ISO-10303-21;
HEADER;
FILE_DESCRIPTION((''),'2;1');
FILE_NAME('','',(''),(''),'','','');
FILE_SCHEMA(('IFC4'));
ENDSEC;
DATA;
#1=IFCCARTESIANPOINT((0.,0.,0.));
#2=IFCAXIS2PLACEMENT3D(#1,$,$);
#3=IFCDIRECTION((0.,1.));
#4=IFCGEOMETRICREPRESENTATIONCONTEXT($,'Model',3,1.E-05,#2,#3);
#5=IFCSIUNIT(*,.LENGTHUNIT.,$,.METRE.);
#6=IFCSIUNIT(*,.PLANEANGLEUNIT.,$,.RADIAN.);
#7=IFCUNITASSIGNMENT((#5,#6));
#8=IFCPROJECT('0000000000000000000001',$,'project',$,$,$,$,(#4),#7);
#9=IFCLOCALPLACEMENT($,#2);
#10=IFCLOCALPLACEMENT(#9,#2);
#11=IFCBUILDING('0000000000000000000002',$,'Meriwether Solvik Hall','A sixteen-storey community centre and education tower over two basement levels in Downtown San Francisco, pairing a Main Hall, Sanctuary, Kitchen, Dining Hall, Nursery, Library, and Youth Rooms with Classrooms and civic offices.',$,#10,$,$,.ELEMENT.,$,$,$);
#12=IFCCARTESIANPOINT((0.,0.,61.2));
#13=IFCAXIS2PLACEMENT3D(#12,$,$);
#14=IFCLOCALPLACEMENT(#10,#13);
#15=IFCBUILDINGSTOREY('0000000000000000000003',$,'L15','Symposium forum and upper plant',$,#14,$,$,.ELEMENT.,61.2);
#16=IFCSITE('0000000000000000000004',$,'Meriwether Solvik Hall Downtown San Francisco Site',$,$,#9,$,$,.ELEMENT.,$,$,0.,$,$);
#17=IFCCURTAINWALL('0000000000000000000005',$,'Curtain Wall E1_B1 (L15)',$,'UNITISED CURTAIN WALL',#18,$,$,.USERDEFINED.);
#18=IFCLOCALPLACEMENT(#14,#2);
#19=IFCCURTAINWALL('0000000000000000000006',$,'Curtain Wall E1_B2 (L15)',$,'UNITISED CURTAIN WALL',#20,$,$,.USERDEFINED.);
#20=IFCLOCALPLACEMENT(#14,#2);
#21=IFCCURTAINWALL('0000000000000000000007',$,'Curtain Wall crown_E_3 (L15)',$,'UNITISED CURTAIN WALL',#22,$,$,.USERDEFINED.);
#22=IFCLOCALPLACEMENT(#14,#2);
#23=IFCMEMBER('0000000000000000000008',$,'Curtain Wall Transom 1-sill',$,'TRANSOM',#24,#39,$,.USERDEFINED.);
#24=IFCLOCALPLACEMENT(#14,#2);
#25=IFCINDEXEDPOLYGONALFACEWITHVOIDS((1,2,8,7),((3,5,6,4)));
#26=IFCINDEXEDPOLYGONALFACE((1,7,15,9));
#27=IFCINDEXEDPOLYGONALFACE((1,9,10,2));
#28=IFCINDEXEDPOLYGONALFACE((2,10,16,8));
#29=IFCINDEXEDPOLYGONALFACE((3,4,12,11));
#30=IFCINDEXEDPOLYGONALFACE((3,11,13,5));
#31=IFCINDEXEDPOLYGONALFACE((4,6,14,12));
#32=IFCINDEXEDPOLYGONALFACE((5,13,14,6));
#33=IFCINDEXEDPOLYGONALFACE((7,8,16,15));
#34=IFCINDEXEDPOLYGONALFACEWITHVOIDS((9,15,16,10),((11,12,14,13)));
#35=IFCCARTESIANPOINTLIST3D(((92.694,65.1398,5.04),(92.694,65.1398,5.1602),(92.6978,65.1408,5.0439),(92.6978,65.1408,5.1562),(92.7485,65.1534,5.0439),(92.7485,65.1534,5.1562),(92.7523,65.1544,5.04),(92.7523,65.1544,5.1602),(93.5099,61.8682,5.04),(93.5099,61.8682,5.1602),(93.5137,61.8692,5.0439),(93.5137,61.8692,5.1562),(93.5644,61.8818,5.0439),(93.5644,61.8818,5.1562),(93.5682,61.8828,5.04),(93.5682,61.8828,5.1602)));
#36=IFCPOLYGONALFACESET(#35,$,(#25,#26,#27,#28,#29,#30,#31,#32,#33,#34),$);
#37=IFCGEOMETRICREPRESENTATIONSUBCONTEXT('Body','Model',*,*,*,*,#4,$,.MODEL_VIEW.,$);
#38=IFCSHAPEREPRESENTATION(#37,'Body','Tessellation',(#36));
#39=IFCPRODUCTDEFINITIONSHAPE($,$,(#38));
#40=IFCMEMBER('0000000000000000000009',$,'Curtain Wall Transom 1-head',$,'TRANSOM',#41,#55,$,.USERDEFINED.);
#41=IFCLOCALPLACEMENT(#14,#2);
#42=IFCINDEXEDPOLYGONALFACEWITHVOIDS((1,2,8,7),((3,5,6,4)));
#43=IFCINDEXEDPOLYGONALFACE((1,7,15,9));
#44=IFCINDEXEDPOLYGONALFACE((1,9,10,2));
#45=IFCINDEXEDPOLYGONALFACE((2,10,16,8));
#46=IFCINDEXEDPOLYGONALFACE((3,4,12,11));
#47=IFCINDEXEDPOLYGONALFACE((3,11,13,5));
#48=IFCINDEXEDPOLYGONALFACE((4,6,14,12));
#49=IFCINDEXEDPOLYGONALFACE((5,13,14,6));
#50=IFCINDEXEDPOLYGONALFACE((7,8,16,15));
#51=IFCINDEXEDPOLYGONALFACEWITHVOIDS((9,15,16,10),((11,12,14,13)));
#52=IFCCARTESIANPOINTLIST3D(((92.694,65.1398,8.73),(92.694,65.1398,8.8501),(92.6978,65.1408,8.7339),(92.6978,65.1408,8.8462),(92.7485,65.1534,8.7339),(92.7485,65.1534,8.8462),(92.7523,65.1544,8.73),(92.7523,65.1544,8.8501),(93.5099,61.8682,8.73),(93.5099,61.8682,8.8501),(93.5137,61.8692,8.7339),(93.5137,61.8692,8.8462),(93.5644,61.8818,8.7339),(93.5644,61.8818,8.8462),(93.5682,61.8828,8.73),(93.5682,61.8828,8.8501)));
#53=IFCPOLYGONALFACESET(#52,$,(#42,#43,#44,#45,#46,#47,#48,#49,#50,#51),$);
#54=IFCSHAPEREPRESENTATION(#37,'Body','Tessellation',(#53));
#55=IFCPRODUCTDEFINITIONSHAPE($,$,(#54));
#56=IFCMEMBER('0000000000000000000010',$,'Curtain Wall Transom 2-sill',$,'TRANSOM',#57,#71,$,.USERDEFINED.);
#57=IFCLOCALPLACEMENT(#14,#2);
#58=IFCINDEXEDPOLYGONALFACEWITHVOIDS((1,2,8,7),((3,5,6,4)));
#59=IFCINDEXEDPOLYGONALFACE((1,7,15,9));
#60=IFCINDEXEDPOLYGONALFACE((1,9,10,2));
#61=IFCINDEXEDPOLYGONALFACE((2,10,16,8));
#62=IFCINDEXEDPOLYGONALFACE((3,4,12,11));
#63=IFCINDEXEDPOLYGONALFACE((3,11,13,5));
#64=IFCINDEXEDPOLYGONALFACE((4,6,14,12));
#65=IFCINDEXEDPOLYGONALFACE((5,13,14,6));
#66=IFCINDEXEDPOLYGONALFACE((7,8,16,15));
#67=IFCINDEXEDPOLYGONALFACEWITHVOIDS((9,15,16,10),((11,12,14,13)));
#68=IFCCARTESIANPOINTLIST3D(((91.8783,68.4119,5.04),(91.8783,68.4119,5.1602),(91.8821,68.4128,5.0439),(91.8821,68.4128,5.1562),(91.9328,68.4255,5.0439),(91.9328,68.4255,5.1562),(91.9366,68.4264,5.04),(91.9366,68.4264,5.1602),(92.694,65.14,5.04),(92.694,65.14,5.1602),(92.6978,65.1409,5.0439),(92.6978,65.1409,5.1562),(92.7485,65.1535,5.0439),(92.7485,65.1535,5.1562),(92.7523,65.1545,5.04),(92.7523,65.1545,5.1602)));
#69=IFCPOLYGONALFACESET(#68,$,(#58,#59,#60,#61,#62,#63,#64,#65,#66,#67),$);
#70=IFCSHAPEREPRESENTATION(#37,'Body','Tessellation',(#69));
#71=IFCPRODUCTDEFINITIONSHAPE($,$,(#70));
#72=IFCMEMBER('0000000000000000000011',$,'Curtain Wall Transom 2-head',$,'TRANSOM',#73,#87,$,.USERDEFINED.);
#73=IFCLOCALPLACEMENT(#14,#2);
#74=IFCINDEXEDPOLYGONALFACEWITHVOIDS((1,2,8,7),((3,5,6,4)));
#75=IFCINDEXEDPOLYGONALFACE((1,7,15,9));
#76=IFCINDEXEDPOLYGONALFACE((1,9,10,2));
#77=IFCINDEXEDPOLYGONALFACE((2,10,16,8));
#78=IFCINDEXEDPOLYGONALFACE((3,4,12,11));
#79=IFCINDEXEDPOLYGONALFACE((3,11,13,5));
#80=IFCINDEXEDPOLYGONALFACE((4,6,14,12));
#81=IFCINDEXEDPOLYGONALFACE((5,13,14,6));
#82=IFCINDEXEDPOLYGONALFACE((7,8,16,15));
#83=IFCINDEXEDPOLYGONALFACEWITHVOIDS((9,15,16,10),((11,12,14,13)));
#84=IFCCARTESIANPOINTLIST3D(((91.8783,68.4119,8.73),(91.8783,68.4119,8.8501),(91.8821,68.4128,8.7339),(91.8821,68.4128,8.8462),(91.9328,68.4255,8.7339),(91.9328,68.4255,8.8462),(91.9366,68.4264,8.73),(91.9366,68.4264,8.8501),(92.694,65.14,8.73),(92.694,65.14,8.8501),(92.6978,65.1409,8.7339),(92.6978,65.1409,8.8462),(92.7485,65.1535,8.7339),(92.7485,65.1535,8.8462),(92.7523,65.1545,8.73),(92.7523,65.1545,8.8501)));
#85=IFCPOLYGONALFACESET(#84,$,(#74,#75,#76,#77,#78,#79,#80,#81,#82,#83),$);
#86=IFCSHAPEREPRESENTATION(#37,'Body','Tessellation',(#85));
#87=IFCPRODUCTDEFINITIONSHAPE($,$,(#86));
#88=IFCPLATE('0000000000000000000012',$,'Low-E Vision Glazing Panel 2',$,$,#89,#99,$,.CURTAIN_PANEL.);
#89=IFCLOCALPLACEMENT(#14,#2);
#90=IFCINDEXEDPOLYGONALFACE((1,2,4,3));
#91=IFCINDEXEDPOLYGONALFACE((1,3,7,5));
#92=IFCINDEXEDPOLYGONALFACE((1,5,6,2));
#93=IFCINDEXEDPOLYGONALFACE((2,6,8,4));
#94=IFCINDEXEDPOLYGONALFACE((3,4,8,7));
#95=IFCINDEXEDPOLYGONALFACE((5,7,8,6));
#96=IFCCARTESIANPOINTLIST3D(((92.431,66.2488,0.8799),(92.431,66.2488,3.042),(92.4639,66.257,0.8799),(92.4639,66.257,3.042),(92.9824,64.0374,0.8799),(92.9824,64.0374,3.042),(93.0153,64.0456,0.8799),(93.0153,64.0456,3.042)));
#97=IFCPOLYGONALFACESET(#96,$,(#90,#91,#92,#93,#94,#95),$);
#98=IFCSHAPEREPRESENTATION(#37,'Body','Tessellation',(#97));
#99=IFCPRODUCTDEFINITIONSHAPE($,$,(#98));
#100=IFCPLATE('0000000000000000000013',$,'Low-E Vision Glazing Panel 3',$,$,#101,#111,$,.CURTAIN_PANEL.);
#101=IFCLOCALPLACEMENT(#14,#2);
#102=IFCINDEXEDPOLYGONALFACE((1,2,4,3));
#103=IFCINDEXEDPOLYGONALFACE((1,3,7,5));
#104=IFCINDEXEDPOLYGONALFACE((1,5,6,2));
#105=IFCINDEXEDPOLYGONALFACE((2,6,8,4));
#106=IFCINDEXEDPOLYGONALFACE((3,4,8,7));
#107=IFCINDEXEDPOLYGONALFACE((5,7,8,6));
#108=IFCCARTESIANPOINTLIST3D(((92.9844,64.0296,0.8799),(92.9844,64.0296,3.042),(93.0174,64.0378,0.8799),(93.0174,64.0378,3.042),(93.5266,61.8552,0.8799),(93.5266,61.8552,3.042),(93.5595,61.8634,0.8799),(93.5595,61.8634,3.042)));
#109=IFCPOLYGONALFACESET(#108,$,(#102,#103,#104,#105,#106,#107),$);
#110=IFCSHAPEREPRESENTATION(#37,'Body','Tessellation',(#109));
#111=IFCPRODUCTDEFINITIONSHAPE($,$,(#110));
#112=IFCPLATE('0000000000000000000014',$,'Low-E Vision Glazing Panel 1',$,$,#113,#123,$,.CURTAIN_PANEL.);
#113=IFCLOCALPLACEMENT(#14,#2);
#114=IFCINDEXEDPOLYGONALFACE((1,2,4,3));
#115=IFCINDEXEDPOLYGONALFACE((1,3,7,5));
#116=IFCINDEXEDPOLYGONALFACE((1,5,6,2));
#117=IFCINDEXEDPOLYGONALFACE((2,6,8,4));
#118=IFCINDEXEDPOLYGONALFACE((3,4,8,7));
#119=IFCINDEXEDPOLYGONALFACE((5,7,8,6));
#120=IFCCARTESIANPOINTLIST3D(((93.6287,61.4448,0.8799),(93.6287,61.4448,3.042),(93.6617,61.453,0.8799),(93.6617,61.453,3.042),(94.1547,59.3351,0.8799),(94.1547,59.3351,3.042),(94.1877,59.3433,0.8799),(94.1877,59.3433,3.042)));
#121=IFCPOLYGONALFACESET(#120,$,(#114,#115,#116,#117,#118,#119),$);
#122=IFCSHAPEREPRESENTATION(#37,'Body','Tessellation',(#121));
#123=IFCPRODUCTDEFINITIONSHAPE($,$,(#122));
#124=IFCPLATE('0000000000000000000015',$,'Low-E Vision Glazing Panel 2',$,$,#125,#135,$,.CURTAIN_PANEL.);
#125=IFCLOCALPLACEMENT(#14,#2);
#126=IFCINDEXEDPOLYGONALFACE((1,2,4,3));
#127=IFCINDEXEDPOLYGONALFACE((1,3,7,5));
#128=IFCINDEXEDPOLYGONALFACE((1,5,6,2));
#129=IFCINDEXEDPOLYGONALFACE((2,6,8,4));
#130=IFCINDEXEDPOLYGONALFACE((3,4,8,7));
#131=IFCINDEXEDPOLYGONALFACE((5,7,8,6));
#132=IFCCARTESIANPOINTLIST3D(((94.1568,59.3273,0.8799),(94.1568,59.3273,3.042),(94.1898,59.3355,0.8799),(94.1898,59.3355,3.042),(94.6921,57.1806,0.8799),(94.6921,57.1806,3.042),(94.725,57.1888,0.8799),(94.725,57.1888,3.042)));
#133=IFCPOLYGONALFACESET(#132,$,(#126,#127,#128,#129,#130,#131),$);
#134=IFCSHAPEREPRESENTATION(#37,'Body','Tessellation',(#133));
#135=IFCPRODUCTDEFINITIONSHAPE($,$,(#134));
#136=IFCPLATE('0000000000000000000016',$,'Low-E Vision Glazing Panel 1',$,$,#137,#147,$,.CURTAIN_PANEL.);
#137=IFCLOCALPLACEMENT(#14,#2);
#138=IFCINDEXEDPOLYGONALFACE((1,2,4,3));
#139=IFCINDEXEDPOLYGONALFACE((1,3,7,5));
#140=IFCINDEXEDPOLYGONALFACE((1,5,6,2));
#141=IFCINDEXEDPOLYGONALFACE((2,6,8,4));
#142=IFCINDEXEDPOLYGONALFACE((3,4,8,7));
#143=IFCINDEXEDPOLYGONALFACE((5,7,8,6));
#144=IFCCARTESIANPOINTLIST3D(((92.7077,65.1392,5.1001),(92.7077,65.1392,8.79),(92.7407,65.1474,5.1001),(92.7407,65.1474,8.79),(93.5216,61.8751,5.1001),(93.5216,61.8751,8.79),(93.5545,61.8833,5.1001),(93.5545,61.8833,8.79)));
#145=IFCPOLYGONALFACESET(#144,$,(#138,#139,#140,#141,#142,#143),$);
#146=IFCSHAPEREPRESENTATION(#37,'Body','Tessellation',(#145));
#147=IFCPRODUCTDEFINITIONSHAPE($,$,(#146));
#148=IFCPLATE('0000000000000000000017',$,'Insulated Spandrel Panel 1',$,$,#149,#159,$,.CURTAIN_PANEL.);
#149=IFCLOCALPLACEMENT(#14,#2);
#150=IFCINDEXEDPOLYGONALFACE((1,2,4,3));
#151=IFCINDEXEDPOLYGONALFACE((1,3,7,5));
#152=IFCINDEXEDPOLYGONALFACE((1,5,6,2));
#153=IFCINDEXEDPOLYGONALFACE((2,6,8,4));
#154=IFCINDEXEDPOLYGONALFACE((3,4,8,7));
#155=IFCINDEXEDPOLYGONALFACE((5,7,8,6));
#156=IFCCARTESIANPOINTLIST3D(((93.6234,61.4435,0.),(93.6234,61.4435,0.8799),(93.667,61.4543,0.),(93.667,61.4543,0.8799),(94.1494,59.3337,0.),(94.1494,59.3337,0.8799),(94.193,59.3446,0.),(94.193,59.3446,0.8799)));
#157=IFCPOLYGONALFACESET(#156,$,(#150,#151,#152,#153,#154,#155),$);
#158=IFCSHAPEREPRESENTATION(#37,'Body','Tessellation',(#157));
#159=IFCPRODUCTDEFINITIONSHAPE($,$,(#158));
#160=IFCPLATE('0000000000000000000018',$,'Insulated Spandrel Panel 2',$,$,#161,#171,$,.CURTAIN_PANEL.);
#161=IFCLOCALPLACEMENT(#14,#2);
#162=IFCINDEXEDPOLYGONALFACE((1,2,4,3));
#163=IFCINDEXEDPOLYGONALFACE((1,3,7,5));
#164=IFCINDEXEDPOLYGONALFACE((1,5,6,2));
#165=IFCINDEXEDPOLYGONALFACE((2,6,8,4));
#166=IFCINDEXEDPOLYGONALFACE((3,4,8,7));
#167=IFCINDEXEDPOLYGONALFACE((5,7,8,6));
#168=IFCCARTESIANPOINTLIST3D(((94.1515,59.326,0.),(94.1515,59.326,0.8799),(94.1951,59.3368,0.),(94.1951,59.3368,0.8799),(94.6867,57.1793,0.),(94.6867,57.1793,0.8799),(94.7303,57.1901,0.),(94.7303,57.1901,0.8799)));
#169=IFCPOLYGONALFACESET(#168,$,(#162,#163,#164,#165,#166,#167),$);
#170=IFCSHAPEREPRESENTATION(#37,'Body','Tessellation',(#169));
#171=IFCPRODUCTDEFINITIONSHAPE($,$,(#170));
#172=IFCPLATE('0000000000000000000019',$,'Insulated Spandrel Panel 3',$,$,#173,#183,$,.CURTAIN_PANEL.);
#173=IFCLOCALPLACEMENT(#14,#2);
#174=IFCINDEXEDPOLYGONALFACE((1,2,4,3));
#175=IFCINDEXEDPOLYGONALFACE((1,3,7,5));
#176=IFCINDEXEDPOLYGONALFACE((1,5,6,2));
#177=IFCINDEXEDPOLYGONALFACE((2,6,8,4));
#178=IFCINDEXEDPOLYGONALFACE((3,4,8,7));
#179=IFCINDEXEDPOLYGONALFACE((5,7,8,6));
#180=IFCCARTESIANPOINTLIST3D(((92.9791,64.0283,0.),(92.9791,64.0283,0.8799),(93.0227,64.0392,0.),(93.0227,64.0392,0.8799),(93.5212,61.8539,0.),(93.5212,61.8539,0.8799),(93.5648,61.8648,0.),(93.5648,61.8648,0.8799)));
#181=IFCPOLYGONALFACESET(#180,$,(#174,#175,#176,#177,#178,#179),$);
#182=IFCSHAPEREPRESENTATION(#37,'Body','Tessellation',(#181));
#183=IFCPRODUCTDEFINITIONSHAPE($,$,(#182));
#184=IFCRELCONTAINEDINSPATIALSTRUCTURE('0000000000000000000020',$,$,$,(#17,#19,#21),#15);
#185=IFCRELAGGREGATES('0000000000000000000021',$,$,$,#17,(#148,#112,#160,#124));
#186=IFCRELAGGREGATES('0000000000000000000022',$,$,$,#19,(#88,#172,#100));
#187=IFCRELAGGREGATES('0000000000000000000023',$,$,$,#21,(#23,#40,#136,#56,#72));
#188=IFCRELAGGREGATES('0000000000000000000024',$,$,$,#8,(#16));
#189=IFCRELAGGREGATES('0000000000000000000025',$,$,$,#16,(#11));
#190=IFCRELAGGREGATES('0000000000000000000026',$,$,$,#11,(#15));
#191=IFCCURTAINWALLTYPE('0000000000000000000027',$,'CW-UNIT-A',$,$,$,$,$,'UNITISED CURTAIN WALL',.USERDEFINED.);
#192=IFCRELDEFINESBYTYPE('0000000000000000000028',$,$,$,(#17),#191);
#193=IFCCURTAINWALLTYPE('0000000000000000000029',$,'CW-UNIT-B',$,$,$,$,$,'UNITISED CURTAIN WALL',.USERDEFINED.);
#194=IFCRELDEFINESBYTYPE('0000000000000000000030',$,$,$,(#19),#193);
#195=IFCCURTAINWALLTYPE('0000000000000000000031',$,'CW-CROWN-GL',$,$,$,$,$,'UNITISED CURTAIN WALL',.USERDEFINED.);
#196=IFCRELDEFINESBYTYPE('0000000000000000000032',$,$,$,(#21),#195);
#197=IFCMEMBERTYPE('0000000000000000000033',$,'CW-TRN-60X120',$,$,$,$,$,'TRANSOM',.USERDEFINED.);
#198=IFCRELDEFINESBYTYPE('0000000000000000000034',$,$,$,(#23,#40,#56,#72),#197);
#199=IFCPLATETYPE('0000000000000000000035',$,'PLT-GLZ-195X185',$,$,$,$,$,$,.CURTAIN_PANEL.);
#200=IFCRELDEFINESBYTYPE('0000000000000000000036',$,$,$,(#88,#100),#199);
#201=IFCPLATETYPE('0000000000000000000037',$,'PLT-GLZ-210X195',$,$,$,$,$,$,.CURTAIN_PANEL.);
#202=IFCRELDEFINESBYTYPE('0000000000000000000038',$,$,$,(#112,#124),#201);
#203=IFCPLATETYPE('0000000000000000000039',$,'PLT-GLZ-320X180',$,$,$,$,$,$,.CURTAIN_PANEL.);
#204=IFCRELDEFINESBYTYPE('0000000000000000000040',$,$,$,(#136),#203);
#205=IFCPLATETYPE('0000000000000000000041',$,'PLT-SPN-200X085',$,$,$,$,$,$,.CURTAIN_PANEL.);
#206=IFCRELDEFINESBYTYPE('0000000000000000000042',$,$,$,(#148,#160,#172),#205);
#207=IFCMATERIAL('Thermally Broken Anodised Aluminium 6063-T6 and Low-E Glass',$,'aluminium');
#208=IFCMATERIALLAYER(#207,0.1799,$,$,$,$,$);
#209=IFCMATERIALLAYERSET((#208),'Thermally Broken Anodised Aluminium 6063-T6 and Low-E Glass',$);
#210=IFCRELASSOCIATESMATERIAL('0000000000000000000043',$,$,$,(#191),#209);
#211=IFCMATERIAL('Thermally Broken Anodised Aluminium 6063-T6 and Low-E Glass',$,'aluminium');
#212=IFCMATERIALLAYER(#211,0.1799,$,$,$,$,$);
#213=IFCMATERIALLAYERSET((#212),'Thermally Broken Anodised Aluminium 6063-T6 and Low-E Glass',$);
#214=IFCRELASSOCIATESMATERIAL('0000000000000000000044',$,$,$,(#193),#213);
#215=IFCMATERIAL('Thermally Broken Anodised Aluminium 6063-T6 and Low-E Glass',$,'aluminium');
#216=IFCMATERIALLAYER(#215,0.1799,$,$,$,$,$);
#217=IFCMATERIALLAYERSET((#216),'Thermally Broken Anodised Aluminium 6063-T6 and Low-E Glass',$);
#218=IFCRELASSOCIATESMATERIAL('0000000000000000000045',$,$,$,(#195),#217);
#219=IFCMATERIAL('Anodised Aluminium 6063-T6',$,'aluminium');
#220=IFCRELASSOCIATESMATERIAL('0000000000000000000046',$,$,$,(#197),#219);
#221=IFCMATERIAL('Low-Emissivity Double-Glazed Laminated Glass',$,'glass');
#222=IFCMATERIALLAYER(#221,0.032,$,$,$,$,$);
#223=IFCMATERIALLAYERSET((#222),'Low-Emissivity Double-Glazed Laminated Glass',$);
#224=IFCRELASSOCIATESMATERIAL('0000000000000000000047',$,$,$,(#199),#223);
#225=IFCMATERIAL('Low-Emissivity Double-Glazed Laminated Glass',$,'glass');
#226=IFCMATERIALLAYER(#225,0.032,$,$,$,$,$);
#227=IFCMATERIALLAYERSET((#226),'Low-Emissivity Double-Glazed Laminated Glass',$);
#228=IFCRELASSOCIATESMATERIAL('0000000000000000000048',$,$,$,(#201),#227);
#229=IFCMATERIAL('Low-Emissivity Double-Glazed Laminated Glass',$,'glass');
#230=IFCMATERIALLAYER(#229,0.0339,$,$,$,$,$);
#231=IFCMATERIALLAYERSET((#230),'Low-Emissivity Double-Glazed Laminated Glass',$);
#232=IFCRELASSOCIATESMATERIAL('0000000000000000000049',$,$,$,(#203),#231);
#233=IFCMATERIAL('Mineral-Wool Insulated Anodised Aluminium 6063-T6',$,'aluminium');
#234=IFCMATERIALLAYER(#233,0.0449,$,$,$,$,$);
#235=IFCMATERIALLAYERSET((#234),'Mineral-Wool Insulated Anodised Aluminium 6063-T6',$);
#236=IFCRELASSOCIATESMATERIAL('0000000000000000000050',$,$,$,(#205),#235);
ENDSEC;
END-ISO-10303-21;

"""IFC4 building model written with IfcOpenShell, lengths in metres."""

from ifc_helpers import new_model, si_unit, direction, frame, origin, origin_2d, place, context, subcontext, project, spatial, rectangle, hollow_rectangle, extrude, material, layer, layer_set, material_profile, profile_set, type_object, element, aggregate, save


model = new_model("IFC4")

# Units and contexts
model_context = context("Model", 3, precision=1e-05, world=origin(), true_north=direction((0.0, 1.0)))
body_context = subcontext(model_context, "Body", "Model", "MODEL_VIEW")
ifc_project = project(units=[si_unit("LENGTHUNIT", "METRE"), si_unit("PLANEANGLEUNIT", "RADIAN")], contexts=[model_context])

# Site, building, storey
site_placement = place(None, origin())
site = spatial("IfcSite", under=ifc_project, at=site_placement, Name="Meriwether Solvik Hall Downtown San Francisco Site", CompositionType="ELEMENT", RefElevation=0.0)
building_placement = place(site_placement, origin())
building = spatial("IfcBuilding", under=site, at=building_placement, Name="Meriwether Solvik Hall", Description="A sixteen-storey community centre and education tower over two basement levels in Downtown San Francisco, pairing a Main Hall, Sanctuary, Kitchen, Dining Hall, Nursery, Library, and Youth Rooms with Classrooms and civic offices.", CompositionType="ELEMENT")
storey_placement = place(building_placement, frame((0.0, 0.0, 61.2)))
storey = spatial("IfcBuildingStorey", under=building, at=storey_placement, Name="L15", Description="Symposium forum and upper plant", CompositionType="ELEMENT", Elevation=61.2)

# Curtain walls
ifc_material_1 = material(Name="Thermally Broken Anodised Aluminium 6063-T6 and Low-E Glass", Category="aluminium")
ifc_layer_1 = layer(ifc_material_1, 0.1799)
ifc_layer_set_1 = layer_set([ifc_layer_1], Name="Thermally Broken Anodised Aluminium 6063-T6 and Low-E Glass")
curtain_wall_type_1 = type_object("IfcCurtainWallType", Name="CW-UNIT-A", ElementType="UNITISED CURTAIN WALL", PredefinedType="USERDEFINED", material=ifc_layer_set_1)
curtain_wall_1_placement = place(storey_placement, origin())
curtain_wall_1 = element("IfcCurtainWall", 1, at=curtain_wall_1_placement, inside=storey, type_object=curtain_wall_type_1, Name="Curtain Wall E1_B1 (L15)", ObjectType="UNITISED CURTAIN WALL", PredefinedType="USERDEFINED")
ifc_material_2 = material(Name="Thermally Broken Anodised Aluminium 6063-T6 and Low-E Glass", Category="aluminium")
ifc_layer_2 = layer(ifc_material_2, 0.1799)
ifc_layer_set_2 = layer_set([ifc_layer_2], Name="Thermally Broken Anodised Aluminium 6063-T6 and Low-E Glass")
curtain_wall_type_2 = type_object("IfcCurtainWallType", Name="CW-UNIT-B", ElementType="UNITISED CURTAIN WALL", PredefinedType="USERDEFINED", material=ifc_layer_set_2)
curtain_wall_2_placement = place(storey_placement, origin())
curtain_wall_2 = element("IfcCurtainWall", 2, at=curtain_wall_2_placement, inside=storey, type_object=curtain_wall_type_2, Name="Curtain Wall E1_B2 (L15)", ObjectType="UNITISED CURTAIN WALL", PredefinedType="USERDEFINED")
ifc_material_3 = material(Name="Thermally Broken Anodised Aluminium 6063-T6 and Low-E Glass", Category="aluminium")
ifc_layer_3 = layer(ifc_material_3, 0.1799)
ifc_layer_set_3 = layer_set([ifc_layer_3], Name="Thermally Broken Anodised Aluminium 6063-T6 and Low-E Glass")
curtain_wall_type_3 = type_object("IfcCurtainWallType", Name="CW-CROWN-GL", ElementType="UNITISED CURTAIN WALL", PredefinedType="USERDEFINED", material=ifc_layer_set_3)
curtain_wall_3_placement = place(storey_placement, origin())
curtain_wall_3 = element("IfcCurtainWall", 3, at=curtain_wall_3_placement, inside=storey, type_object=curtain_wall_type_3, Name="Curtain Wall crown_E_3 (L15)", ObjectType="UNITISED CURTAIN WALL", PredefinedType="USERDEFINED")

# Members
ifc_material_4 = material(Name="Anodised Aluminium 6063-T6", Category="aluminium")
ifc_material_profile_1 = material_profile(ifc_material_4, hollow_rectangle(XDim=0.0601, YDim=0.1201, WallThickness=0.0039, at=origin_2d()), Name="CWT-60X120")
ifc_profile_set_1 = profile_set([ifc_material_profile_1], Name="Anodised Aluminium 6063-T6")
member_type_1 = type_object("IfcMemberType", Name="CW-TRN-60X120", ElementType="TRANSOM", PredefinedType="USERDEFINED", material=ifc_profile_set_1)
member_1_placement = place(storey_placement, frame((93.5391, 61.8755, 5.1001), z_axis=(-0.241973, 0.970283, 0.0), x_axis=(-0.970283, -0.241973, 0.0)))
member_1 = element("IfcMember", 4, at=member_1_placement, type_object=member_type_1, Name="Curtain Wall Transom 1-sill", ObjectType="TRANSOM", PredefinedType="USERDEFINED", context=body_context, shape_type="SweptSolid", body=[
    extrude(hollow_rectangle(XDim=0.0601, YDim=0.1201, WallThickness=0.0039, at=origin_2d()), origin(), (0.0, 0.0, 1.0), 3.3718),
])
member_2_placement = place(storey_placement, frame((93.5391, 61.8755, 8.79), z_axis=(-0.241973, 0.970283, 0.0), x_axis=(-0.970283, -0.241973, 0.0)))
member_2 = element("IfcMember", 5, at=member_2_placement, type_object=member_type_1, Name="Curtain Wall Transom 1-head", ObjectType="TRANSOM", PredefinedType="USERDEFINED", context=body_context, shape_type="SweptSolid", body=[
    extrude(hollow_rectangle(XDim=0.0601, YDim=0.1201, WallThickness=0.0039, at=origin_2d()), origin(), (0.0, 0.0, 1.0), 3.3718),
])
member_3_placement = place(storey_placement, frame((92.7231, 65.1472, 5.1001), z_axis=(-0.241888, 0.970304, 0.0), x_axis=(-0.970304, -0.241888, 0.0)))
member_3 = element("IfcMember", 6, at=member_3_placement, type_object=member_type_1, Name="Curtain Wall Transom 2-sill", ObjectType="TRANSOM", PredefinedType="USERDEFINED", context=body_context, shape_type="SweptSolid", body=[
    extrude(hollow_rectangle(XDim=0.0601, YDim=0.1201, WallThickness=0.0039, at=origin_2d()), origin(), (0.0, 0.0, 1.0), 3.3721),
])
member_4_placement = place(storey_placement, frame((92.7231, 65.1472, 8.79), z_axis=(-0.241888, 0.970304, 0.0), x_axis=(-0.970304, -0.241888, 0.0)))
member_4 = element("IfcMember", 7, at=member_4_placement, type_object=member_type_1, Name="Curtain Wall Transom 2-head", ObjectType="TRANSOM", PredefinedType="USERDEFINED", context=body_context, shape_type="SweptSolid", body=[
    extrude(hollow_rectangle(XDim=0.0601, YDim=0.1201, WallThickness=0.0039, at=origin_2d()), origin(), (0.0, 0.0, 1.0), 3.3721),
])

# Plates
ifc_material_5 = material(Name="Low-Emissivity Double-Glazed Laminated Glass", Category="glass")
ifc_layer_4 = layer(ifc_material_5, 0.032)
ifc_layer_set_4 = layer_set([ifc_layer_4], Name="Low-Emissivity Double-Glazed Laminated Glass")
plate_type_1 = type_object("IfcPlateType", Name="PLT-GLZ-195X185", PredefinedType="CURTAIN_PANEL", material=ifc_layer_set_4)
plate_1_placement = place(storey_placement, frame((92.7231, 65.1472, 0.8799), z_axis=(0.0, 0.0, 1.0), x_axis=(0.241922, -0.970296, 0.0)))
plate_1 = element("IfcPlate", 8, at=plate_1_placement, type_object=plate_type_1, Name="Low-E Vision Glazing Panel 2", PredefinedType="CURTAIN_PANEL", context=body_context, shape_type="SweptSolid", body=[
    extrude(rectangle(XDim=2.2791, YDim=0.0339, at=origin_2d()), origin(), (0.0, 0.0, 1.0), 2.1621),
])
plate_2_placement = place(storey_placement, frame((93.272, 62.9465, 0.8799), z_axis=(0.0, 0.0, 1.0), x_axis=(0.241922, -0.970296, 0.0)))
plate_2 = element("IfcPlate", 9, at=plate_2_placement, type_object=plate_type_1, Name="Low-E Vision Glazing Panel 3", PredefinedType="CURTAIN_PANEL", context=body_context, shape_type="SweptSolid", body=[
    extrude(rectangle(XDim=2.241, YDim=0.0339, at=origin_2d()), origin(), (0.0, 0.0, 1.0), 2.1621),
])
ifc_material_6 = material(Name="Low-Emissivity Double-Glazed Laminated Glass", Category="glass")
ifc_layer_5 = layer(ifc_material_6, 0.032)
ifc_layer_set_5 = layer_set([ifc_layer_5], Name="Low-Emissivity Double-Glazed Laminated Glass")
plate_type_2 = type_object("IfcPlateType", Name="PLT-GLZ-210X195", PredefinedType="CURTAIN_PANEL", material=ifc_layer_set_5)
plate_3_placement = place(storey_placement, frame((93.9082, 60.394, 0.8799), z_axis=(0.0, 0.0, 1.0), x_axis=(0.241922, -0.970296, 0.0)))
plate_3 = element("IfcPlate", 10, at=plate_3_placement, type_object=plate_type_2, Name="Low-E Vision Glazing Panel 1", PredefinedType="CURTAIN_PANEL", context=body_context, shape_type="SweptSolid", body=[
    extrude(rectangle(XDim=2.1743, YDim=0.0339, at=origin_2d()), origin(), (0.0, 0.0, 1.0), 2.1621),
])
plate_4_placement = place(storey_placement, frame((94.4409, 58.2581, 0.8799), z_axis=(0.0, 0.0, 1.0), x_axis=(0.241922, -0.970296, 0.0)))
plate_4 = element("IfcPlate", 11, at=plate_4_placement, type_object=plate_type_2, Name="Low-E Vision Glazing Panel 2", PredefinedType="CURTAIN_PANEL", context=body_context, shape_type="SweptSolid", body=[
    extrude(rectangle(XDim=2.2124, YDim=0.0339, at=origin_2d()), origin(), (0.0, 0.0, 1.0), 2.1621),
])
ifc_material_7 = material(Name="Low-Emissivity Double-Glazed Laminated Glass", Category="glass")
ifc_layer_6 = layer(ifc_material_7, 0.0339)
ifc_layer_set_6 = layer_set([ifc_layer_6], Name="Low-Emissivity Double-Glazed Laminated Glass")
plate_type_3 = type_object("IfcPlateType", Name="PLT-GLZ-320X180", PredefinedType="CURTAIN_PANEL", material=ifc_layer_set_6)
plate_5_placement = place(storey_placement, frame((93.1311, 63.5112, 5.1001), z_axis=(0.0, 0.0, 1.0), x_axis=(-0.241923, 0.970296, 0.0)))
plate_5 = element("IfcPlate", 12, at=plate_5_placement, type_object=plate_type_3, Name="Low-E Vision Glazing Panel 1", PredefinedType="CURTAIN_PANEL", context=body_context, shape_type="SweptSolid", body=[
    extrude(rectangle(XDim=3.364, YDim=0.0339, at=origin_2d()), origin(), (0.0, 0.0, 1.0), 3.6899),
])
ifc_material_8 = material(Name="Mineral-Wool Insulated Anodised Aluminium 6063-T6", Category="aluminium")
ifc_layer_7 = layer(ifc_material_8, 0.0449)
ifc_layer_set_7 = layer_set([ifc_layer_7], Name="Mineral-Wool Insulated Anodised Aluminium 6063-T6")
plate_type_4 = type_object("IfcPlateType", Name="PLT-SPN-200X085", PredefinedType="CURTAIN_PANEL", material=ifc_layer_set_7)
plate_6_placement = place(storey_placement, frame((93.9082, 60.394, 0.0), z_axis=(0.0, 0.0, 1.0), x_axis=(0.241922, -0.970296, 0.0)))
plate_6 = element("IfcPlate", 13, at=plate_6_placement, type_object=plate_type_4, Name="Insulated Spandrel Panel 1", PredefinedType="CURTAIN_PANEL", context=body_context, shape_type="SweptSolid", body=[
    extrude(rectangle(XDim=2.1743, YDim=0.0449, at=origin_2d()), origin(), (0.0, 0.0, 1.0), 0.8799),
])
plate_7_placement = place(storey_placement, frame((94.4409, 58.2581, 0.0), z_axis=(0.0, 0.0, 1.0), x_axis=(0.241922, -0.970296, 0.0)))
plate_7 = element("IfcPlate", 14, at=plate_7_placement, type_object=plate_type_4, Name="Insulated Spandrel Panel 2", PredefinedType="CURTAIN_PANEL", context=body_context, shape_type="SweptSolid", body=[
    extrude(rectangle(XDim=2.2124, YDim=0.0449, at=origin_2d()), origin(), (0.0, 0.0, 1.0), 0.8799),
])
aggregate(curtain_wall_1, [plate_6, plate_3, plate_7, plate_4])
plate_8_placement = place(storey_placement, frame((93.272, 62.9465, 0.0), z_axis=(0.0, 0.0, 1.0), x_axis=(0.241922, -0.970296, 0.0)))
plate_8 = element("IfcPlate", 15, at=plate_8_placement, type_object=plate_type_4, Name="Insulated Spandrel Panel 3", PredefinedType="CURTAIN_PANEL", context=body_context, shape_type="SweptSolid", body=[
    extrude(rectangle(XDim=2.241, YDim=0.0449, at=origin_2d()), origin(), (0.0, 0.0, 1.0), 0.8799),
])
aggregate(curtain_wall_2, [plate_1, plate_8, plate_2])
aggregate(curtain_wall_3, [member_1, member_2, plate_5, member_3, member_4])

save(model, "model.ifc")
